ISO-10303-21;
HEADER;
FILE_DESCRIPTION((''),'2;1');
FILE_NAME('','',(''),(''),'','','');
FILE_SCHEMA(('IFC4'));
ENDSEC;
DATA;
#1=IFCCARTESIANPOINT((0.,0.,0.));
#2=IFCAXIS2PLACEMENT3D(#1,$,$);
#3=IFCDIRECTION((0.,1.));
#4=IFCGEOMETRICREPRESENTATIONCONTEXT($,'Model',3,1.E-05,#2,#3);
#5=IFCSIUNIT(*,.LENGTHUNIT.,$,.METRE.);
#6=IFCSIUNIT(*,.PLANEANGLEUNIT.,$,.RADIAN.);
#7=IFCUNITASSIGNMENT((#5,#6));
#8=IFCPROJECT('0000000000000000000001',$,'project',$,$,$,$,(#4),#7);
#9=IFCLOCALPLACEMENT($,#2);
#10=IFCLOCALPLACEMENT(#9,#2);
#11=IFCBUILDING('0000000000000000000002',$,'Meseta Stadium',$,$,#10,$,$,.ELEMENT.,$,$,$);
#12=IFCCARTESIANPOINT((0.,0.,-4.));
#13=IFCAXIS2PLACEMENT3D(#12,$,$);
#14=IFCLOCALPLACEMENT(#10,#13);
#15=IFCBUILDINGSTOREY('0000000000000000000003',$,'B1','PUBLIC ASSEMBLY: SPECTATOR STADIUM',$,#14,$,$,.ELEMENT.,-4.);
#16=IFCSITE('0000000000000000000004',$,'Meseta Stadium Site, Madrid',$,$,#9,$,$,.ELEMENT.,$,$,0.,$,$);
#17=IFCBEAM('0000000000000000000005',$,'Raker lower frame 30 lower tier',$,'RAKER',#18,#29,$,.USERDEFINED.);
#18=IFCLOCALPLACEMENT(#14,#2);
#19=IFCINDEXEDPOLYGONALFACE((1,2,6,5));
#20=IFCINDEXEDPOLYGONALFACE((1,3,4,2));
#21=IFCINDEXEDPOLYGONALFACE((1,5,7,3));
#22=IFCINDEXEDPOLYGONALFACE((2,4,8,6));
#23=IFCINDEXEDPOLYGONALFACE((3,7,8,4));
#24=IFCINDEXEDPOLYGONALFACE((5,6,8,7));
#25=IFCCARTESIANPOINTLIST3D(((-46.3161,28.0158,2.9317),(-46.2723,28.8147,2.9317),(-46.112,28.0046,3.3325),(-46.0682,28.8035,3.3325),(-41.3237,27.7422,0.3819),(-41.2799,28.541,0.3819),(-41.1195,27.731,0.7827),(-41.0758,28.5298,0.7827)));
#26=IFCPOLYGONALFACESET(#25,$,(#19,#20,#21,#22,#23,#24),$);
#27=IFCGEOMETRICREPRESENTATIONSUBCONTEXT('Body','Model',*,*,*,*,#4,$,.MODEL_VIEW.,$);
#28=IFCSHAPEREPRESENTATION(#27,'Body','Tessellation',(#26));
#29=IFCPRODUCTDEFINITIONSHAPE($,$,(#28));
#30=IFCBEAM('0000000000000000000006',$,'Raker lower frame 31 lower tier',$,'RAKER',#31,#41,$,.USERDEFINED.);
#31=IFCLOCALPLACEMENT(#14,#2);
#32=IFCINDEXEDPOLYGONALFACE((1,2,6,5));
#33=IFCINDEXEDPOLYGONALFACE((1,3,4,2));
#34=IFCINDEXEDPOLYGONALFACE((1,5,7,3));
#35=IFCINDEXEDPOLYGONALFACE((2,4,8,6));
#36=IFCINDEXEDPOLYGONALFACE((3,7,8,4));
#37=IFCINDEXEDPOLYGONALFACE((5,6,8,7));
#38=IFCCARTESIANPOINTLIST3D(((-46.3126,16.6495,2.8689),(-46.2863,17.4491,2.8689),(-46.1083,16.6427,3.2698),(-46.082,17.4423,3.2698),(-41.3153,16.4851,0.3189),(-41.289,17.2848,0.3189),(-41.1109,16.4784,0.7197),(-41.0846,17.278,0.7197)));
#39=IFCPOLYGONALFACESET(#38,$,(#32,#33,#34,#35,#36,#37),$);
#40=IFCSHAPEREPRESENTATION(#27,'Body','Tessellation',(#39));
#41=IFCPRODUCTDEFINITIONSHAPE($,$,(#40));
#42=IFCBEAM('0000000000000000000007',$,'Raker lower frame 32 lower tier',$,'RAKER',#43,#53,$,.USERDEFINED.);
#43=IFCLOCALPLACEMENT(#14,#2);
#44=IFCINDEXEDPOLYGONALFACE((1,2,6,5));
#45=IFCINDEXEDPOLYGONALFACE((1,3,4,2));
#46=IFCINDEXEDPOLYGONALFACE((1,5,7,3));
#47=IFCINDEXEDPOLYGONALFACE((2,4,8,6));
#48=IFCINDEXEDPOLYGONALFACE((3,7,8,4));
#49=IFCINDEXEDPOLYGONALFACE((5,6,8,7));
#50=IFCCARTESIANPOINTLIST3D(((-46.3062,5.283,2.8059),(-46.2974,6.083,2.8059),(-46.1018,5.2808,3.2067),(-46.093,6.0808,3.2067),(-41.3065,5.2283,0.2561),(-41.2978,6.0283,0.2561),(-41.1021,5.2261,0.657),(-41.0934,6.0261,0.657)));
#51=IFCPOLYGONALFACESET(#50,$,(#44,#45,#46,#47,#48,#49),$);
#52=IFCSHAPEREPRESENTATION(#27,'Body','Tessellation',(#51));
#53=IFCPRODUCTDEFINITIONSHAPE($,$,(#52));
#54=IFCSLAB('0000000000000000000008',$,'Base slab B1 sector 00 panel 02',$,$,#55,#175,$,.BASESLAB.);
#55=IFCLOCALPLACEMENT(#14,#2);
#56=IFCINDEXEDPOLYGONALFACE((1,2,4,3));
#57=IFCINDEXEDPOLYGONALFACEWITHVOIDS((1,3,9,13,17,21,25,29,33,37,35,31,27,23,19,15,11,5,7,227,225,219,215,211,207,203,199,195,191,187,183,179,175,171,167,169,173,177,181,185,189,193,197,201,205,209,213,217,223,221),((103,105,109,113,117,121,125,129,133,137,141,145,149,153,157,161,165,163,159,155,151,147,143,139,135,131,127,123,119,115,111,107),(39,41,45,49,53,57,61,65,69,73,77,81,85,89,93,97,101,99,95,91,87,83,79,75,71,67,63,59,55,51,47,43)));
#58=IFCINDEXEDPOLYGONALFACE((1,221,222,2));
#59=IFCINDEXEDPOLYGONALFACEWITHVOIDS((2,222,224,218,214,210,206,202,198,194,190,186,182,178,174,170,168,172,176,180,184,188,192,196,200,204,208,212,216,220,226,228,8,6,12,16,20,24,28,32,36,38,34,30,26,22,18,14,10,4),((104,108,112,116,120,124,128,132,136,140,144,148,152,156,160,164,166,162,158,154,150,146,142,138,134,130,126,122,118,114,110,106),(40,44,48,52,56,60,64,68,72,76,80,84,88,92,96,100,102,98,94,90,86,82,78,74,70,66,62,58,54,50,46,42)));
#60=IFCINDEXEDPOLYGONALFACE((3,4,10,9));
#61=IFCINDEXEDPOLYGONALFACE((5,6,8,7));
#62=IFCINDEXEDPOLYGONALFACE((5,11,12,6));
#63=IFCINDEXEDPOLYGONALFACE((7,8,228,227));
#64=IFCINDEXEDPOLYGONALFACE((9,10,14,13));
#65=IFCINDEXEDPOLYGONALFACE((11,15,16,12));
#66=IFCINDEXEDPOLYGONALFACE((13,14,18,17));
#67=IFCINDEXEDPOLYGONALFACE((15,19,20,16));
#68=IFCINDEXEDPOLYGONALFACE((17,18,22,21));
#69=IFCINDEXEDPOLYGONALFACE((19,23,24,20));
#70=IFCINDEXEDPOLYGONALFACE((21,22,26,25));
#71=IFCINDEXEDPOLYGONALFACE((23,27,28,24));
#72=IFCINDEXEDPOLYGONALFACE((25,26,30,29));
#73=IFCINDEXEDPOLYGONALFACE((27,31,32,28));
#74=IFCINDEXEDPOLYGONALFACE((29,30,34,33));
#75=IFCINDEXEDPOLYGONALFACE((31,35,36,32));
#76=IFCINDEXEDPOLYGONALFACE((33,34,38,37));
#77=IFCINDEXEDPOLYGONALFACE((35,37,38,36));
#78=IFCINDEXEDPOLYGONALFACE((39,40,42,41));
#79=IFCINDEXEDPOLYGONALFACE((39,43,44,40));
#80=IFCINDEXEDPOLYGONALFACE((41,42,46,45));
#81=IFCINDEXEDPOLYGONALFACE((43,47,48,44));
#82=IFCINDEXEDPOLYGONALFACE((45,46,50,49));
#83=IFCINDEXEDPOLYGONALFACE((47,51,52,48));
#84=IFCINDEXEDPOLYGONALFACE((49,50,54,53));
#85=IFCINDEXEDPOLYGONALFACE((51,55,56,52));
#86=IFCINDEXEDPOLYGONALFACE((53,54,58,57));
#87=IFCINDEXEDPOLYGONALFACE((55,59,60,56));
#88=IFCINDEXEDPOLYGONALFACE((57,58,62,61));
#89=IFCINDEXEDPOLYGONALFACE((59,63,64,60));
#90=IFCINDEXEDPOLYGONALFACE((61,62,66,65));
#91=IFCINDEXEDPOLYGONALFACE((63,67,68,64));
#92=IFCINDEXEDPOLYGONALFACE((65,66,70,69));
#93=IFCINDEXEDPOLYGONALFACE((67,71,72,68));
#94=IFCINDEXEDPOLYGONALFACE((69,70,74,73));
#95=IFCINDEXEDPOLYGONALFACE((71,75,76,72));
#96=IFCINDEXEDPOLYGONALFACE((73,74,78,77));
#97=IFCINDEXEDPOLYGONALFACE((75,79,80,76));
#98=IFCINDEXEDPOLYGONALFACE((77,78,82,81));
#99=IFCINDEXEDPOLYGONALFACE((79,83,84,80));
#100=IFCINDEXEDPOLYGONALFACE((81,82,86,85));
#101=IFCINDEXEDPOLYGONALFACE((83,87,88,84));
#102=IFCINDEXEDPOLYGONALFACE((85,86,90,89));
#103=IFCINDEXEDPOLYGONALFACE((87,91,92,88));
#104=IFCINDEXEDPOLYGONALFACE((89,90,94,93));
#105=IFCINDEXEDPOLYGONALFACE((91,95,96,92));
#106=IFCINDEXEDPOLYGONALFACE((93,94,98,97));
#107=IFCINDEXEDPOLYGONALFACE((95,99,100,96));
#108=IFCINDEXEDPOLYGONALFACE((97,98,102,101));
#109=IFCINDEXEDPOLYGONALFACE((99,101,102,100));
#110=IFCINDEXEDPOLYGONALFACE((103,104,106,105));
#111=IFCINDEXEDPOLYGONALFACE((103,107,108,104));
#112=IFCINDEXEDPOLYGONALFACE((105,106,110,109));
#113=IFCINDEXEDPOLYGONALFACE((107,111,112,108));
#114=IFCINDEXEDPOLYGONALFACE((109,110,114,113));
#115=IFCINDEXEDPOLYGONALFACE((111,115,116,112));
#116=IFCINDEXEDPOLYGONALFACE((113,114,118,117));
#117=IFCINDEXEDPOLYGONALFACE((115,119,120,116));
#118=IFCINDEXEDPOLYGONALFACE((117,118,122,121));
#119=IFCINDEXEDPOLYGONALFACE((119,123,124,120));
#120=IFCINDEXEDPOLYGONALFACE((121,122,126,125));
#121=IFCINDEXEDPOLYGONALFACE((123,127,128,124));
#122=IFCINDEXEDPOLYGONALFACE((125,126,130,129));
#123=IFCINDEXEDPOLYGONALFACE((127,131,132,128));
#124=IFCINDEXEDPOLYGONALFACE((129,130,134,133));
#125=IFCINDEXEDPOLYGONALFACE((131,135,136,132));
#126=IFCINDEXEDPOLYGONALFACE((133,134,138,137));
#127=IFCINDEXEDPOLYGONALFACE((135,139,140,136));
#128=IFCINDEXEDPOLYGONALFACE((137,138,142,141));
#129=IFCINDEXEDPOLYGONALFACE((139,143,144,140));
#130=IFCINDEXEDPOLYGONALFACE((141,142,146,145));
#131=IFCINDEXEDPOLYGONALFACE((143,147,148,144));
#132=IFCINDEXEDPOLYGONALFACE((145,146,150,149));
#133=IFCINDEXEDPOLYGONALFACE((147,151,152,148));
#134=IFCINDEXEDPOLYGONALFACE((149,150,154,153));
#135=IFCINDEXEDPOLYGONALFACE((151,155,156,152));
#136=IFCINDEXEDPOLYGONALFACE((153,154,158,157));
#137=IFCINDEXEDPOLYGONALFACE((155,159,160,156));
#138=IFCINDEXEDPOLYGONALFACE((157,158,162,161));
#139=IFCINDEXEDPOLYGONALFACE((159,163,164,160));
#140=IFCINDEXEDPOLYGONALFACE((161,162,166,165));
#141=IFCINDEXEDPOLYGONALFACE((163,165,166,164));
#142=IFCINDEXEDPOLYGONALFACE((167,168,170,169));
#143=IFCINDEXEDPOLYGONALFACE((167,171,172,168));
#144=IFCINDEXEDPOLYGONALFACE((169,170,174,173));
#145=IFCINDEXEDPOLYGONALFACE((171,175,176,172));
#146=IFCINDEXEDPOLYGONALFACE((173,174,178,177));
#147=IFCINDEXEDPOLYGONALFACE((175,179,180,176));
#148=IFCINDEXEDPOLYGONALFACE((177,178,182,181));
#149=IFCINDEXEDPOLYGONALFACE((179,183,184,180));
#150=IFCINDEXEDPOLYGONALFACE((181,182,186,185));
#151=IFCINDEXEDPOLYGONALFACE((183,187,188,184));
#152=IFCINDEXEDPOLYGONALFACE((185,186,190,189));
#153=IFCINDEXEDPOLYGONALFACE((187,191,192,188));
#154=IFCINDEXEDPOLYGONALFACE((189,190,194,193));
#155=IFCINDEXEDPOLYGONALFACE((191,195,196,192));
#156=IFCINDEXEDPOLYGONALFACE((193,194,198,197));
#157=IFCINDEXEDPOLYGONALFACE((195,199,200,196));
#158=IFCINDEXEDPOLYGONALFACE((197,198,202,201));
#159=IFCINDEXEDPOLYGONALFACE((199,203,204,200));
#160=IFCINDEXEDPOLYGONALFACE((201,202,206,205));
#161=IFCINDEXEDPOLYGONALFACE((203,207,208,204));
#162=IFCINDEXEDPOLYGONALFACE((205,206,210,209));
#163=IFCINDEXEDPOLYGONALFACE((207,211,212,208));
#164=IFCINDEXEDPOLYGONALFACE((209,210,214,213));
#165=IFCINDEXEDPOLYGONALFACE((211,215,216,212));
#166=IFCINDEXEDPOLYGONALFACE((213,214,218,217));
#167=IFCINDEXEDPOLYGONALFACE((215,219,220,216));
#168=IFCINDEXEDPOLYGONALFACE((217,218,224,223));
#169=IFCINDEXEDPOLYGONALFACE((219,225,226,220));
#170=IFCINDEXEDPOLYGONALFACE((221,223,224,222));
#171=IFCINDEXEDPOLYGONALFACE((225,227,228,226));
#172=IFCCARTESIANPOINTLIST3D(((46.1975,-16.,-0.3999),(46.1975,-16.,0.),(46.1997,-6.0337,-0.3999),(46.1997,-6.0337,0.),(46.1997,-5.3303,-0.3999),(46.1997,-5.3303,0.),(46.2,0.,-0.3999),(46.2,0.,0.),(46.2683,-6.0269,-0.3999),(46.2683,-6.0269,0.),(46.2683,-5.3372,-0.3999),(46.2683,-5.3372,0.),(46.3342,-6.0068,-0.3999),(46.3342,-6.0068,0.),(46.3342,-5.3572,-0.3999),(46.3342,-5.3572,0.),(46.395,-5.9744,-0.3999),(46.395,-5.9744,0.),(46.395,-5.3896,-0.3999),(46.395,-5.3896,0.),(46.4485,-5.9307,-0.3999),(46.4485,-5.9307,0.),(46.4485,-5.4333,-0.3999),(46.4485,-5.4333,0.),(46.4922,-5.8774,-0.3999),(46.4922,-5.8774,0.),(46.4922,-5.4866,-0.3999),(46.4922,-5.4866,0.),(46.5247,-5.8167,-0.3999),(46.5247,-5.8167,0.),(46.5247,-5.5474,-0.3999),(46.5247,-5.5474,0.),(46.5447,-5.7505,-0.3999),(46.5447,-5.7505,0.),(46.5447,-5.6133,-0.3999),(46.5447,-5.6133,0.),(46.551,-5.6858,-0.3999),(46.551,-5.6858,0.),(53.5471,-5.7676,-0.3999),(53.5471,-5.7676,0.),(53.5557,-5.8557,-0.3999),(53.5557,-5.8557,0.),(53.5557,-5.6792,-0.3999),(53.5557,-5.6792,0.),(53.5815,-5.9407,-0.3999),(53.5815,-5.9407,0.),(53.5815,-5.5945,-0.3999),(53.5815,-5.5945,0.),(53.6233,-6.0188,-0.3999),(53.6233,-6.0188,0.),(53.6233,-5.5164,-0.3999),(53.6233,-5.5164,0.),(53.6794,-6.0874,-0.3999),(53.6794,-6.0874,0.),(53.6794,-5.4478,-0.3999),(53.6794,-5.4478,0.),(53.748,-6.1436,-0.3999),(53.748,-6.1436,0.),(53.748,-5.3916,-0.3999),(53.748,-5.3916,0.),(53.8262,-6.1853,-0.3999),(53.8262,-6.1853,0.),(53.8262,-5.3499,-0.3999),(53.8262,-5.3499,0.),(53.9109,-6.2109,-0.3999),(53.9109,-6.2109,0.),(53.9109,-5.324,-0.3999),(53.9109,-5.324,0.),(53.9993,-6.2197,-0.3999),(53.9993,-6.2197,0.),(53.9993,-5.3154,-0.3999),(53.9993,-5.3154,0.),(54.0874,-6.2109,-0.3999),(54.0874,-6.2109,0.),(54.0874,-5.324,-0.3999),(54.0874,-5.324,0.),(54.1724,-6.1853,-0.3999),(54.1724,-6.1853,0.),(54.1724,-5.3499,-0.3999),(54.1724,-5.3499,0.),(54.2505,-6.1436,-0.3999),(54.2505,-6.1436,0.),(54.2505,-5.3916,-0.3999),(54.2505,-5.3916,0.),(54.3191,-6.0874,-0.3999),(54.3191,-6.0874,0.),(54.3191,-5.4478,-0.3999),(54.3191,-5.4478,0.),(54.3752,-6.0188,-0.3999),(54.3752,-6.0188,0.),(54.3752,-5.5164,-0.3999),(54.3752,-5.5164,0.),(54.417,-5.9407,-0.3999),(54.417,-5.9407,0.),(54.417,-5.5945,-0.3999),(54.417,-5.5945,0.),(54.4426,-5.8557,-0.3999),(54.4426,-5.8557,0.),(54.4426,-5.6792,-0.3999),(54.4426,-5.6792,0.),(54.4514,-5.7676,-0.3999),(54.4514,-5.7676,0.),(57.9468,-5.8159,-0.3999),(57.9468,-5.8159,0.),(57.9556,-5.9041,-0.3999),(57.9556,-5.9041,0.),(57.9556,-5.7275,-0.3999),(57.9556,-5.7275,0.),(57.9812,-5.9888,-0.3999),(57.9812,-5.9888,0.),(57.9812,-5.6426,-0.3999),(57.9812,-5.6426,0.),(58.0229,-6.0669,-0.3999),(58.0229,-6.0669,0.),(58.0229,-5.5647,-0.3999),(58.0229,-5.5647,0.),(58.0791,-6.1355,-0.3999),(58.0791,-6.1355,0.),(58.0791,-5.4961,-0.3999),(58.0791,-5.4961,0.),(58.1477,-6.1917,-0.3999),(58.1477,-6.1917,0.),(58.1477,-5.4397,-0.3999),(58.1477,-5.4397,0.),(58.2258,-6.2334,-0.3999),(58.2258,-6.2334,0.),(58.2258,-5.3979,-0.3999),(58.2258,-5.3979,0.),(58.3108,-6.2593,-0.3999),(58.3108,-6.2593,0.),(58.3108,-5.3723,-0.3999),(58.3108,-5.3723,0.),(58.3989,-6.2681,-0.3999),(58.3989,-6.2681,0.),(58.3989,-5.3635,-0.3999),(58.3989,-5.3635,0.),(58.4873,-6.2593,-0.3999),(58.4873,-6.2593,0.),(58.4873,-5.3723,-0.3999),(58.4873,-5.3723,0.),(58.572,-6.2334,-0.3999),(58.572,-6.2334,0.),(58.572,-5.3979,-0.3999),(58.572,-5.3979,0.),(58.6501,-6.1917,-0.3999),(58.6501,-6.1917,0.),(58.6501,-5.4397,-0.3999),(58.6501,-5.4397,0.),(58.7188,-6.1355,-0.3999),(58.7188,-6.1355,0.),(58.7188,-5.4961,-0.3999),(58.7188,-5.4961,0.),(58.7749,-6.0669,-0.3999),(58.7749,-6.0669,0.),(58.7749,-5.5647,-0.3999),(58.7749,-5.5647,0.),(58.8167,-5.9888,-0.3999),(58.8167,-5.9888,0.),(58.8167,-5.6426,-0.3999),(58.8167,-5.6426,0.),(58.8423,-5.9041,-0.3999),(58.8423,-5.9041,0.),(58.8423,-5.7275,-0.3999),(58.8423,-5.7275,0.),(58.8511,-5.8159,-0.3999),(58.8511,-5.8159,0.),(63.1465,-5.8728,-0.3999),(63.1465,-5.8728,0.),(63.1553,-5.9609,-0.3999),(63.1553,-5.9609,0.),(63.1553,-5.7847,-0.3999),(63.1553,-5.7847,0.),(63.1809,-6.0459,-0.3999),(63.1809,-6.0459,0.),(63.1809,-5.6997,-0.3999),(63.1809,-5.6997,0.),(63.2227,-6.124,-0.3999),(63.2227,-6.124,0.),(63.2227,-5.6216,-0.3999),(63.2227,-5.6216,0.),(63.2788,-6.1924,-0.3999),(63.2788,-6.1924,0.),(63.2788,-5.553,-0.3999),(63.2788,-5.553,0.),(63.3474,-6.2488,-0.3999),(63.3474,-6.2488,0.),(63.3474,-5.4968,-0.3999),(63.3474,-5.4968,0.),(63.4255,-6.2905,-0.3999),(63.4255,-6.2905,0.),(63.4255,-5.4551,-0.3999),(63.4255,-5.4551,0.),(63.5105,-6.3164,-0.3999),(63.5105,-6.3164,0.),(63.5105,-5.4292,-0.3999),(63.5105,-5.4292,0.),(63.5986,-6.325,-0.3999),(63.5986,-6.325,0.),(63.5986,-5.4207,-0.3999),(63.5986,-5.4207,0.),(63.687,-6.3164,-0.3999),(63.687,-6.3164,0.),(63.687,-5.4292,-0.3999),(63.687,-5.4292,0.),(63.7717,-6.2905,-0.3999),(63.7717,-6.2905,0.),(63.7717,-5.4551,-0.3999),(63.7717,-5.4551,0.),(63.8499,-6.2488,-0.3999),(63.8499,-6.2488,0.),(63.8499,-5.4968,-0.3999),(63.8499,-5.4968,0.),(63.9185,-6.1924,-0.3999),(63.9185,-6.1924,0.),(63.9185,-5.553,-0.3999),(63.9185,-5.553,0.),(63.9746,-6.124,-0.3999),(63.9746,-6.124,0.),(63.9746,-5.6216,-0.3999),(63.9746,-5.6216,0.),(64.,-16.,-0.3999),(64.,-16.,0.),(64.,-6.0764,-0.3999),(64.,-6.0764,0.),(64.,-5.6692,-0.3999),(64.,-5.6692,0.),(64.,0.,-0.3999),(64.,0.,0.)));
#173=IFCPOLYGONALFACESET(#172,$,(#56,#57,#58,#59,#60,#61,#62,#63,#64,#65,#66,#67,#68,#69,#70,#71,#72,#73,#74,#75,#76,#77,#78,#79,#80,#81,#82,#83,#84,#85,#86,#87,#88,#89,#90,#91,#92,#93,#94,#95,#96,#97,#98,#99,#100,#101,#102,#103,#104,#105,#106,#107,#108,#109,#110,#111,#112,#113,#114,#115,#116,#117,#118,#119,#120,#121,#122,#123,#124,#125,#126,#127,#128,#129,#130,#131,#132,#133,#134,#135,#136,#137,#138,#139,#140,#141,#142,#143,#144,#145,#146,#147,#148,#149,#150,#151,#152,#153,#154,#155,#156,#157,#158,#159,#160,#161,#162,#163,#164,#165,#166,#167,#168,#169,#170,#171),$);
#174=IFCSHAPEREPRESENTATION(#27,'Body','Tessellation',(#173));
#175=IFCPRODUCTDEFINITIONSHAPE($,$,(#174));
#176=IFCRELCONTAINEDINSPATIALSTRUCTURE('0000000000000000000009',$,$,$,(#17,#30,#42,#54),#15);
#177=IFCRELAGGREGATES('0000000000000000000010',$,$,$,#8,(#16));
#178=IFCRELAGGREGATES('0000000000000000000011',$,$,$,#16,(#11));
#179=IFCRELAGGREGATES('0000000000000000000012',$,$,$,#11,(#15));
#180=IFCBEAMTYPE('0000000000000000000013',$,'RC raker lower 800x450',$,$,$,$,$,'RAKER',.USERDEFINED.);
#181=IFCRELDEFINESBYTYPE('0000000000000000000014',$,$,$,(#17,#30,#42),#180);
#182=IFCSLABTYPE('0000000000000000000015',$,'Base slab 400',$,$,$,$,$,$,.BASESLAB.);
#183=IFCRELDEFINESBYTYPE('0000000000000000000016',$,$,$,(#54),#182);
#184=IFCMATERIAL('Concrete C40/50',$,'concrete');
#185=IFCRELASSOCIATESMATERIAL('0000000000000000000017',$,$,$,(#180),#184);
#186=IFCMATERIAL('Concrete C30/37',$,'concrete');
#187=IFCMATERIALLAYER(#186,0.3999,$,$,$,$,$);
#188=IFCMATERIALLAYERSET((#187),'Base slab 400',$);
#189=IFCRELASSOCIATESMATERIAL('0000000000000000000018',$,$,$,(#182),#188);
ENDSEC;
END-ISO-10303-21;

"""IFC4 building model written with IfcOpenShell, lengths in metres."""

from ifc_helpers import new_model, si_unit, direction, frame, origin, origin_2d, place, context, subcontext, project, spatial, polyline, rectangle, outline, extrude, material, layer, layer_set, material_profile, profile_set, type_object, element, save


model = new_model("IFC4")

# Units and contexts
model_context = context("Model", 3, precision=1e-05, world=origin(), true_north=direction((0.0, 1.0)))
body_context = subcontext(model_context, "Body", "Model", "MODEL_VIEW")
ifc_project = project(units=[si_unit("LENGTHUNIT", "METRE"), si_unit("PLANEANGLEUNIT", "RADIAN")], contexts=[model_context])

# Site, building, storey
site_placement = place(None, origin())
site = spatial("IfcSite", under=ifc_project, at=site_placement, Name="Meseta Stadium Site, Madrid", CompositionType="ELEMENT", RefElevation=0.0)
building_placement = place(site_placement, origin())
building = spatial("IfcBuilding", under=site, at=building_placement, Name="Meseta Stadium", CompositionType="ELEMENT")
storey_placement = place(building_placement, frame((0.0, 0.0, -4.0)))
storey = spatial("IfcBuildingStorey", under=building, at=storey_placement, Name="B1", Description="PUBLIC ASSEMBLY: SPECTATOR STADIUM", CompositionType="ELEMENT", Elevation=-4.0)

# Beams
ifc_material_1 = material(Name="Concrete C40/50", Category="concrete")
ifc_material_profile_1 = material_profile(ifc_material_1, rectangle(XDim=0.8, YDim=0.45, at=origin_2d()), Name="RC 800x450")
ifc_profile_set_1 = profile_set([ifc_material_profile_1], Name="Concrete C40/50")
beam_type = type_object("IfcBeamType", Name="RC raker lower 800x450", ElementType="RAKER", PredefinedType="USERDEFINED", material=ifc_profile_set_1)
for number, where, z_axis, x_axis, name in (
    (1, (-41.1997, 28.136, 0.5823), (-0.889511, 0.048762, 0.454304), (-0.054737, -0.998501, 0.0), "Raker lower frame 30 lower tier"),
):
    element("IfcBeam", number, at=place(storey_placement, frame(where, z_axis=z_axis, x_axis=x_axis)), inside=storey, type_object=beam_type, Name=name, ObjectType="RAKER", PredefinedType="USERDEFINED", context=body_context, shape_type="SweptSolid", body=[
        extrude(rectangle(XDim=0.8, YDim=0.45, at=origin_2d()), origin(), (0.0, 0.0, 1.0), 5.6125),
    ])
beam_1_placement = place(storey_placement, frame((-41.2, 16.8816, 0.5193), z_axis=(-0.890351, 0.029274, 0.454332), x_axis=(-0.032861, -0.99946, 0.0)))
element("IfcBeam", 2, at=beam_1_placement, inside=storey, type_object=beam_type, Name="Raker lower frame 31 lower tier", ObjectType="RAKER", PredefinedType="USERDEFINED", context=body_context, shape_type="SweptSolid", body=[
    extrude(rectangle(XDim=0.8, YDim=0.45, at=origin_2d()), origin(), (0.0, 0.0, 1.0), 5.6128),
])
beam_2_placement = place(storey_placement, frame((-41.2, 5.6272, 0.4565), z_axis=(-0.890798, 0.009744, 0.454295), x_axis=(-0.010937, -0.99994, 0.0)))
element("IfcBeam", 3, at=beam_2_placement, inside=storey, type_object=beam_type, Name="Raker lower frame 32 lower tier", ObjectType="RAKER", PredefinedType="USERDEFINED", context=body_context, shape_type="SweptSolid", body=[
    extrude(rectangle(XDim=0.8, YDim=0.45, at=origin_2d()), origin(), (0.0, 0.0, 1.0), 5.6125),
])

# Slab
ifc_material_2 = material(Name="Concrete C30/37", Category="concrete")
ifc_layer_1 = layer(ifc_material_2, 0.3999)
ifc_layer_set_1 = layer_set([ifc_layer_1], Name="Base slab 400")
slab_type = type_object("IfcSlabType", Name="Base slab 400", PredefinedType="BASESLAB", material=ifc_layer_set_1)
slab_1_placement = place(storey_placement, frame((0.0, 0.0, -0.3999)))
element("IfcSlab", 4, at=slab_1_placement, inside=storey, type_object=slab_type, Name="Base slab B1 sector 00 panel 02", PredefinedType="BASESLAB", context=body_context, shape_type="SweptSolid", body=[
    extrude(outline(polyline([(46.5247, -5.8167), (46.4922, -5.8774), (46.4485, -5.9307), (46.395, -5.9744), (46.3342, -6.0068), (46.2683, -6.0269), (46.1997, -6.0337), (46.1975, -16.0), (64.0, -16.0), (64.0, -6.0764), (63.9746, -6.124), (63.9185, -6.1924), (63.8499, -6.2488), (63.7717, -6.2905), (63.687, -6.3164), (63.5986, -6.325), (63.5105, -6.3164), (63.4255, -6.2905), (63.3474, -6.2488), (63.2788, -6.1924), (63.2227, -6.124), (63.1809, -6.0459), (63.1553, -5.9609), (63.1465, -5.8728), (63.1553, -5.7847), (63.1809, -5.6997), (63.2227, -5.6216), (63.2788, -5.553), (63.3474, -5.4968), (63.4255, -5.4551), (63.5105, -5.4292), (63.5986, -5.4207), (63.687, -5.4292), (63.7717, -5.4551), (63.8499, -5.4968), (63.9185, -5.553), (63.9746, -5.6216), (64.0, -5.6692), (64.0, 0.0), (46.2, 0.0), (46.1997, -5.3303), (46.2683, -5.3372), (46.3342, -5.3572), (46.395, -5.3896), (46.4485, -5.4333), (46.4922, -5.4866), (46.5247, -5.5474), (46.5447, -5.6133), (46.551, -5.6858), (46.5447, -5.7505), (46.5247, -5.8167)]), holes=[polyline([(53.5557, -5.8557), (53.5471, -5.7676), (53.5557, -5.6792), (53.5815, -5.5945), (53.6233, -5.5164), (53.6794, -5.4478), (53.748, -5.3916), (53.8262, -5.3499), (53.9109, -5.324), (53.9993, -5.3154), (54.0874, -5.324), (54.1724, -5.3499), (54.2505, -5.3916), (54.3191, -5.4478), (54.3752, -5.5164), (54.417, -5.5945), (54.4426, -5.6792), (54.4514, -5.7676), (54.4426, -5.8557), (54.417, -5.9407), (54.3752, -6.0188), (54.3191, -6.0874), (54.2505, -6.1436), (54.1724, -6.1853), (54.0874, -6.2109), (53.9993, -6.2197), (53.9109, -6.2109), (53.8262, -6.1853), (53.748, -6.1436), (53.6794, -6.0874), (53.6233, -6.0188), (53.5815, -5.9407), (53.5557, -5.8557)]), polyline([(57.9556, -5.9041), (57.9468, -5.8159), (57.9556, -5.7275), (57.9812, -5.6426), (58.0229, -5.5647), (58.0791, -5.4961), (58.1477, -5.4397), (58.2258, -5.3979), (58.3108, -5.3723), (58.3989, -5.3635), (58.4873, -5.3723), (58.572, -5.3979), (58.6501, -5.4397), (58.7188, -5.4961), (58.7749, -5.5647), (58.8167, -5.6426), (58.8423, -5.7275), (58.8511, -5.8159), (58.8423, -5.9041), (58.8167, -5.9888), (58.7749, -6.0669), (58.7188, -6.1355), (58.6501, -6.1917), (58.572, -6.2334), (58.4873, -6.2593), (58.3989, -6.2681), (58.3108, -6.2593), (58.2258, -6.2334), (58.1477, -6.1917), (58.0791, -6.1355), (58.0229, -6.0669), (57.9812, -5.9888), (57.9556, -5.9041)])]), origin(), (0.0, 0.0, 1.0), 0.3999),
])

save(model, "model.ifc")
